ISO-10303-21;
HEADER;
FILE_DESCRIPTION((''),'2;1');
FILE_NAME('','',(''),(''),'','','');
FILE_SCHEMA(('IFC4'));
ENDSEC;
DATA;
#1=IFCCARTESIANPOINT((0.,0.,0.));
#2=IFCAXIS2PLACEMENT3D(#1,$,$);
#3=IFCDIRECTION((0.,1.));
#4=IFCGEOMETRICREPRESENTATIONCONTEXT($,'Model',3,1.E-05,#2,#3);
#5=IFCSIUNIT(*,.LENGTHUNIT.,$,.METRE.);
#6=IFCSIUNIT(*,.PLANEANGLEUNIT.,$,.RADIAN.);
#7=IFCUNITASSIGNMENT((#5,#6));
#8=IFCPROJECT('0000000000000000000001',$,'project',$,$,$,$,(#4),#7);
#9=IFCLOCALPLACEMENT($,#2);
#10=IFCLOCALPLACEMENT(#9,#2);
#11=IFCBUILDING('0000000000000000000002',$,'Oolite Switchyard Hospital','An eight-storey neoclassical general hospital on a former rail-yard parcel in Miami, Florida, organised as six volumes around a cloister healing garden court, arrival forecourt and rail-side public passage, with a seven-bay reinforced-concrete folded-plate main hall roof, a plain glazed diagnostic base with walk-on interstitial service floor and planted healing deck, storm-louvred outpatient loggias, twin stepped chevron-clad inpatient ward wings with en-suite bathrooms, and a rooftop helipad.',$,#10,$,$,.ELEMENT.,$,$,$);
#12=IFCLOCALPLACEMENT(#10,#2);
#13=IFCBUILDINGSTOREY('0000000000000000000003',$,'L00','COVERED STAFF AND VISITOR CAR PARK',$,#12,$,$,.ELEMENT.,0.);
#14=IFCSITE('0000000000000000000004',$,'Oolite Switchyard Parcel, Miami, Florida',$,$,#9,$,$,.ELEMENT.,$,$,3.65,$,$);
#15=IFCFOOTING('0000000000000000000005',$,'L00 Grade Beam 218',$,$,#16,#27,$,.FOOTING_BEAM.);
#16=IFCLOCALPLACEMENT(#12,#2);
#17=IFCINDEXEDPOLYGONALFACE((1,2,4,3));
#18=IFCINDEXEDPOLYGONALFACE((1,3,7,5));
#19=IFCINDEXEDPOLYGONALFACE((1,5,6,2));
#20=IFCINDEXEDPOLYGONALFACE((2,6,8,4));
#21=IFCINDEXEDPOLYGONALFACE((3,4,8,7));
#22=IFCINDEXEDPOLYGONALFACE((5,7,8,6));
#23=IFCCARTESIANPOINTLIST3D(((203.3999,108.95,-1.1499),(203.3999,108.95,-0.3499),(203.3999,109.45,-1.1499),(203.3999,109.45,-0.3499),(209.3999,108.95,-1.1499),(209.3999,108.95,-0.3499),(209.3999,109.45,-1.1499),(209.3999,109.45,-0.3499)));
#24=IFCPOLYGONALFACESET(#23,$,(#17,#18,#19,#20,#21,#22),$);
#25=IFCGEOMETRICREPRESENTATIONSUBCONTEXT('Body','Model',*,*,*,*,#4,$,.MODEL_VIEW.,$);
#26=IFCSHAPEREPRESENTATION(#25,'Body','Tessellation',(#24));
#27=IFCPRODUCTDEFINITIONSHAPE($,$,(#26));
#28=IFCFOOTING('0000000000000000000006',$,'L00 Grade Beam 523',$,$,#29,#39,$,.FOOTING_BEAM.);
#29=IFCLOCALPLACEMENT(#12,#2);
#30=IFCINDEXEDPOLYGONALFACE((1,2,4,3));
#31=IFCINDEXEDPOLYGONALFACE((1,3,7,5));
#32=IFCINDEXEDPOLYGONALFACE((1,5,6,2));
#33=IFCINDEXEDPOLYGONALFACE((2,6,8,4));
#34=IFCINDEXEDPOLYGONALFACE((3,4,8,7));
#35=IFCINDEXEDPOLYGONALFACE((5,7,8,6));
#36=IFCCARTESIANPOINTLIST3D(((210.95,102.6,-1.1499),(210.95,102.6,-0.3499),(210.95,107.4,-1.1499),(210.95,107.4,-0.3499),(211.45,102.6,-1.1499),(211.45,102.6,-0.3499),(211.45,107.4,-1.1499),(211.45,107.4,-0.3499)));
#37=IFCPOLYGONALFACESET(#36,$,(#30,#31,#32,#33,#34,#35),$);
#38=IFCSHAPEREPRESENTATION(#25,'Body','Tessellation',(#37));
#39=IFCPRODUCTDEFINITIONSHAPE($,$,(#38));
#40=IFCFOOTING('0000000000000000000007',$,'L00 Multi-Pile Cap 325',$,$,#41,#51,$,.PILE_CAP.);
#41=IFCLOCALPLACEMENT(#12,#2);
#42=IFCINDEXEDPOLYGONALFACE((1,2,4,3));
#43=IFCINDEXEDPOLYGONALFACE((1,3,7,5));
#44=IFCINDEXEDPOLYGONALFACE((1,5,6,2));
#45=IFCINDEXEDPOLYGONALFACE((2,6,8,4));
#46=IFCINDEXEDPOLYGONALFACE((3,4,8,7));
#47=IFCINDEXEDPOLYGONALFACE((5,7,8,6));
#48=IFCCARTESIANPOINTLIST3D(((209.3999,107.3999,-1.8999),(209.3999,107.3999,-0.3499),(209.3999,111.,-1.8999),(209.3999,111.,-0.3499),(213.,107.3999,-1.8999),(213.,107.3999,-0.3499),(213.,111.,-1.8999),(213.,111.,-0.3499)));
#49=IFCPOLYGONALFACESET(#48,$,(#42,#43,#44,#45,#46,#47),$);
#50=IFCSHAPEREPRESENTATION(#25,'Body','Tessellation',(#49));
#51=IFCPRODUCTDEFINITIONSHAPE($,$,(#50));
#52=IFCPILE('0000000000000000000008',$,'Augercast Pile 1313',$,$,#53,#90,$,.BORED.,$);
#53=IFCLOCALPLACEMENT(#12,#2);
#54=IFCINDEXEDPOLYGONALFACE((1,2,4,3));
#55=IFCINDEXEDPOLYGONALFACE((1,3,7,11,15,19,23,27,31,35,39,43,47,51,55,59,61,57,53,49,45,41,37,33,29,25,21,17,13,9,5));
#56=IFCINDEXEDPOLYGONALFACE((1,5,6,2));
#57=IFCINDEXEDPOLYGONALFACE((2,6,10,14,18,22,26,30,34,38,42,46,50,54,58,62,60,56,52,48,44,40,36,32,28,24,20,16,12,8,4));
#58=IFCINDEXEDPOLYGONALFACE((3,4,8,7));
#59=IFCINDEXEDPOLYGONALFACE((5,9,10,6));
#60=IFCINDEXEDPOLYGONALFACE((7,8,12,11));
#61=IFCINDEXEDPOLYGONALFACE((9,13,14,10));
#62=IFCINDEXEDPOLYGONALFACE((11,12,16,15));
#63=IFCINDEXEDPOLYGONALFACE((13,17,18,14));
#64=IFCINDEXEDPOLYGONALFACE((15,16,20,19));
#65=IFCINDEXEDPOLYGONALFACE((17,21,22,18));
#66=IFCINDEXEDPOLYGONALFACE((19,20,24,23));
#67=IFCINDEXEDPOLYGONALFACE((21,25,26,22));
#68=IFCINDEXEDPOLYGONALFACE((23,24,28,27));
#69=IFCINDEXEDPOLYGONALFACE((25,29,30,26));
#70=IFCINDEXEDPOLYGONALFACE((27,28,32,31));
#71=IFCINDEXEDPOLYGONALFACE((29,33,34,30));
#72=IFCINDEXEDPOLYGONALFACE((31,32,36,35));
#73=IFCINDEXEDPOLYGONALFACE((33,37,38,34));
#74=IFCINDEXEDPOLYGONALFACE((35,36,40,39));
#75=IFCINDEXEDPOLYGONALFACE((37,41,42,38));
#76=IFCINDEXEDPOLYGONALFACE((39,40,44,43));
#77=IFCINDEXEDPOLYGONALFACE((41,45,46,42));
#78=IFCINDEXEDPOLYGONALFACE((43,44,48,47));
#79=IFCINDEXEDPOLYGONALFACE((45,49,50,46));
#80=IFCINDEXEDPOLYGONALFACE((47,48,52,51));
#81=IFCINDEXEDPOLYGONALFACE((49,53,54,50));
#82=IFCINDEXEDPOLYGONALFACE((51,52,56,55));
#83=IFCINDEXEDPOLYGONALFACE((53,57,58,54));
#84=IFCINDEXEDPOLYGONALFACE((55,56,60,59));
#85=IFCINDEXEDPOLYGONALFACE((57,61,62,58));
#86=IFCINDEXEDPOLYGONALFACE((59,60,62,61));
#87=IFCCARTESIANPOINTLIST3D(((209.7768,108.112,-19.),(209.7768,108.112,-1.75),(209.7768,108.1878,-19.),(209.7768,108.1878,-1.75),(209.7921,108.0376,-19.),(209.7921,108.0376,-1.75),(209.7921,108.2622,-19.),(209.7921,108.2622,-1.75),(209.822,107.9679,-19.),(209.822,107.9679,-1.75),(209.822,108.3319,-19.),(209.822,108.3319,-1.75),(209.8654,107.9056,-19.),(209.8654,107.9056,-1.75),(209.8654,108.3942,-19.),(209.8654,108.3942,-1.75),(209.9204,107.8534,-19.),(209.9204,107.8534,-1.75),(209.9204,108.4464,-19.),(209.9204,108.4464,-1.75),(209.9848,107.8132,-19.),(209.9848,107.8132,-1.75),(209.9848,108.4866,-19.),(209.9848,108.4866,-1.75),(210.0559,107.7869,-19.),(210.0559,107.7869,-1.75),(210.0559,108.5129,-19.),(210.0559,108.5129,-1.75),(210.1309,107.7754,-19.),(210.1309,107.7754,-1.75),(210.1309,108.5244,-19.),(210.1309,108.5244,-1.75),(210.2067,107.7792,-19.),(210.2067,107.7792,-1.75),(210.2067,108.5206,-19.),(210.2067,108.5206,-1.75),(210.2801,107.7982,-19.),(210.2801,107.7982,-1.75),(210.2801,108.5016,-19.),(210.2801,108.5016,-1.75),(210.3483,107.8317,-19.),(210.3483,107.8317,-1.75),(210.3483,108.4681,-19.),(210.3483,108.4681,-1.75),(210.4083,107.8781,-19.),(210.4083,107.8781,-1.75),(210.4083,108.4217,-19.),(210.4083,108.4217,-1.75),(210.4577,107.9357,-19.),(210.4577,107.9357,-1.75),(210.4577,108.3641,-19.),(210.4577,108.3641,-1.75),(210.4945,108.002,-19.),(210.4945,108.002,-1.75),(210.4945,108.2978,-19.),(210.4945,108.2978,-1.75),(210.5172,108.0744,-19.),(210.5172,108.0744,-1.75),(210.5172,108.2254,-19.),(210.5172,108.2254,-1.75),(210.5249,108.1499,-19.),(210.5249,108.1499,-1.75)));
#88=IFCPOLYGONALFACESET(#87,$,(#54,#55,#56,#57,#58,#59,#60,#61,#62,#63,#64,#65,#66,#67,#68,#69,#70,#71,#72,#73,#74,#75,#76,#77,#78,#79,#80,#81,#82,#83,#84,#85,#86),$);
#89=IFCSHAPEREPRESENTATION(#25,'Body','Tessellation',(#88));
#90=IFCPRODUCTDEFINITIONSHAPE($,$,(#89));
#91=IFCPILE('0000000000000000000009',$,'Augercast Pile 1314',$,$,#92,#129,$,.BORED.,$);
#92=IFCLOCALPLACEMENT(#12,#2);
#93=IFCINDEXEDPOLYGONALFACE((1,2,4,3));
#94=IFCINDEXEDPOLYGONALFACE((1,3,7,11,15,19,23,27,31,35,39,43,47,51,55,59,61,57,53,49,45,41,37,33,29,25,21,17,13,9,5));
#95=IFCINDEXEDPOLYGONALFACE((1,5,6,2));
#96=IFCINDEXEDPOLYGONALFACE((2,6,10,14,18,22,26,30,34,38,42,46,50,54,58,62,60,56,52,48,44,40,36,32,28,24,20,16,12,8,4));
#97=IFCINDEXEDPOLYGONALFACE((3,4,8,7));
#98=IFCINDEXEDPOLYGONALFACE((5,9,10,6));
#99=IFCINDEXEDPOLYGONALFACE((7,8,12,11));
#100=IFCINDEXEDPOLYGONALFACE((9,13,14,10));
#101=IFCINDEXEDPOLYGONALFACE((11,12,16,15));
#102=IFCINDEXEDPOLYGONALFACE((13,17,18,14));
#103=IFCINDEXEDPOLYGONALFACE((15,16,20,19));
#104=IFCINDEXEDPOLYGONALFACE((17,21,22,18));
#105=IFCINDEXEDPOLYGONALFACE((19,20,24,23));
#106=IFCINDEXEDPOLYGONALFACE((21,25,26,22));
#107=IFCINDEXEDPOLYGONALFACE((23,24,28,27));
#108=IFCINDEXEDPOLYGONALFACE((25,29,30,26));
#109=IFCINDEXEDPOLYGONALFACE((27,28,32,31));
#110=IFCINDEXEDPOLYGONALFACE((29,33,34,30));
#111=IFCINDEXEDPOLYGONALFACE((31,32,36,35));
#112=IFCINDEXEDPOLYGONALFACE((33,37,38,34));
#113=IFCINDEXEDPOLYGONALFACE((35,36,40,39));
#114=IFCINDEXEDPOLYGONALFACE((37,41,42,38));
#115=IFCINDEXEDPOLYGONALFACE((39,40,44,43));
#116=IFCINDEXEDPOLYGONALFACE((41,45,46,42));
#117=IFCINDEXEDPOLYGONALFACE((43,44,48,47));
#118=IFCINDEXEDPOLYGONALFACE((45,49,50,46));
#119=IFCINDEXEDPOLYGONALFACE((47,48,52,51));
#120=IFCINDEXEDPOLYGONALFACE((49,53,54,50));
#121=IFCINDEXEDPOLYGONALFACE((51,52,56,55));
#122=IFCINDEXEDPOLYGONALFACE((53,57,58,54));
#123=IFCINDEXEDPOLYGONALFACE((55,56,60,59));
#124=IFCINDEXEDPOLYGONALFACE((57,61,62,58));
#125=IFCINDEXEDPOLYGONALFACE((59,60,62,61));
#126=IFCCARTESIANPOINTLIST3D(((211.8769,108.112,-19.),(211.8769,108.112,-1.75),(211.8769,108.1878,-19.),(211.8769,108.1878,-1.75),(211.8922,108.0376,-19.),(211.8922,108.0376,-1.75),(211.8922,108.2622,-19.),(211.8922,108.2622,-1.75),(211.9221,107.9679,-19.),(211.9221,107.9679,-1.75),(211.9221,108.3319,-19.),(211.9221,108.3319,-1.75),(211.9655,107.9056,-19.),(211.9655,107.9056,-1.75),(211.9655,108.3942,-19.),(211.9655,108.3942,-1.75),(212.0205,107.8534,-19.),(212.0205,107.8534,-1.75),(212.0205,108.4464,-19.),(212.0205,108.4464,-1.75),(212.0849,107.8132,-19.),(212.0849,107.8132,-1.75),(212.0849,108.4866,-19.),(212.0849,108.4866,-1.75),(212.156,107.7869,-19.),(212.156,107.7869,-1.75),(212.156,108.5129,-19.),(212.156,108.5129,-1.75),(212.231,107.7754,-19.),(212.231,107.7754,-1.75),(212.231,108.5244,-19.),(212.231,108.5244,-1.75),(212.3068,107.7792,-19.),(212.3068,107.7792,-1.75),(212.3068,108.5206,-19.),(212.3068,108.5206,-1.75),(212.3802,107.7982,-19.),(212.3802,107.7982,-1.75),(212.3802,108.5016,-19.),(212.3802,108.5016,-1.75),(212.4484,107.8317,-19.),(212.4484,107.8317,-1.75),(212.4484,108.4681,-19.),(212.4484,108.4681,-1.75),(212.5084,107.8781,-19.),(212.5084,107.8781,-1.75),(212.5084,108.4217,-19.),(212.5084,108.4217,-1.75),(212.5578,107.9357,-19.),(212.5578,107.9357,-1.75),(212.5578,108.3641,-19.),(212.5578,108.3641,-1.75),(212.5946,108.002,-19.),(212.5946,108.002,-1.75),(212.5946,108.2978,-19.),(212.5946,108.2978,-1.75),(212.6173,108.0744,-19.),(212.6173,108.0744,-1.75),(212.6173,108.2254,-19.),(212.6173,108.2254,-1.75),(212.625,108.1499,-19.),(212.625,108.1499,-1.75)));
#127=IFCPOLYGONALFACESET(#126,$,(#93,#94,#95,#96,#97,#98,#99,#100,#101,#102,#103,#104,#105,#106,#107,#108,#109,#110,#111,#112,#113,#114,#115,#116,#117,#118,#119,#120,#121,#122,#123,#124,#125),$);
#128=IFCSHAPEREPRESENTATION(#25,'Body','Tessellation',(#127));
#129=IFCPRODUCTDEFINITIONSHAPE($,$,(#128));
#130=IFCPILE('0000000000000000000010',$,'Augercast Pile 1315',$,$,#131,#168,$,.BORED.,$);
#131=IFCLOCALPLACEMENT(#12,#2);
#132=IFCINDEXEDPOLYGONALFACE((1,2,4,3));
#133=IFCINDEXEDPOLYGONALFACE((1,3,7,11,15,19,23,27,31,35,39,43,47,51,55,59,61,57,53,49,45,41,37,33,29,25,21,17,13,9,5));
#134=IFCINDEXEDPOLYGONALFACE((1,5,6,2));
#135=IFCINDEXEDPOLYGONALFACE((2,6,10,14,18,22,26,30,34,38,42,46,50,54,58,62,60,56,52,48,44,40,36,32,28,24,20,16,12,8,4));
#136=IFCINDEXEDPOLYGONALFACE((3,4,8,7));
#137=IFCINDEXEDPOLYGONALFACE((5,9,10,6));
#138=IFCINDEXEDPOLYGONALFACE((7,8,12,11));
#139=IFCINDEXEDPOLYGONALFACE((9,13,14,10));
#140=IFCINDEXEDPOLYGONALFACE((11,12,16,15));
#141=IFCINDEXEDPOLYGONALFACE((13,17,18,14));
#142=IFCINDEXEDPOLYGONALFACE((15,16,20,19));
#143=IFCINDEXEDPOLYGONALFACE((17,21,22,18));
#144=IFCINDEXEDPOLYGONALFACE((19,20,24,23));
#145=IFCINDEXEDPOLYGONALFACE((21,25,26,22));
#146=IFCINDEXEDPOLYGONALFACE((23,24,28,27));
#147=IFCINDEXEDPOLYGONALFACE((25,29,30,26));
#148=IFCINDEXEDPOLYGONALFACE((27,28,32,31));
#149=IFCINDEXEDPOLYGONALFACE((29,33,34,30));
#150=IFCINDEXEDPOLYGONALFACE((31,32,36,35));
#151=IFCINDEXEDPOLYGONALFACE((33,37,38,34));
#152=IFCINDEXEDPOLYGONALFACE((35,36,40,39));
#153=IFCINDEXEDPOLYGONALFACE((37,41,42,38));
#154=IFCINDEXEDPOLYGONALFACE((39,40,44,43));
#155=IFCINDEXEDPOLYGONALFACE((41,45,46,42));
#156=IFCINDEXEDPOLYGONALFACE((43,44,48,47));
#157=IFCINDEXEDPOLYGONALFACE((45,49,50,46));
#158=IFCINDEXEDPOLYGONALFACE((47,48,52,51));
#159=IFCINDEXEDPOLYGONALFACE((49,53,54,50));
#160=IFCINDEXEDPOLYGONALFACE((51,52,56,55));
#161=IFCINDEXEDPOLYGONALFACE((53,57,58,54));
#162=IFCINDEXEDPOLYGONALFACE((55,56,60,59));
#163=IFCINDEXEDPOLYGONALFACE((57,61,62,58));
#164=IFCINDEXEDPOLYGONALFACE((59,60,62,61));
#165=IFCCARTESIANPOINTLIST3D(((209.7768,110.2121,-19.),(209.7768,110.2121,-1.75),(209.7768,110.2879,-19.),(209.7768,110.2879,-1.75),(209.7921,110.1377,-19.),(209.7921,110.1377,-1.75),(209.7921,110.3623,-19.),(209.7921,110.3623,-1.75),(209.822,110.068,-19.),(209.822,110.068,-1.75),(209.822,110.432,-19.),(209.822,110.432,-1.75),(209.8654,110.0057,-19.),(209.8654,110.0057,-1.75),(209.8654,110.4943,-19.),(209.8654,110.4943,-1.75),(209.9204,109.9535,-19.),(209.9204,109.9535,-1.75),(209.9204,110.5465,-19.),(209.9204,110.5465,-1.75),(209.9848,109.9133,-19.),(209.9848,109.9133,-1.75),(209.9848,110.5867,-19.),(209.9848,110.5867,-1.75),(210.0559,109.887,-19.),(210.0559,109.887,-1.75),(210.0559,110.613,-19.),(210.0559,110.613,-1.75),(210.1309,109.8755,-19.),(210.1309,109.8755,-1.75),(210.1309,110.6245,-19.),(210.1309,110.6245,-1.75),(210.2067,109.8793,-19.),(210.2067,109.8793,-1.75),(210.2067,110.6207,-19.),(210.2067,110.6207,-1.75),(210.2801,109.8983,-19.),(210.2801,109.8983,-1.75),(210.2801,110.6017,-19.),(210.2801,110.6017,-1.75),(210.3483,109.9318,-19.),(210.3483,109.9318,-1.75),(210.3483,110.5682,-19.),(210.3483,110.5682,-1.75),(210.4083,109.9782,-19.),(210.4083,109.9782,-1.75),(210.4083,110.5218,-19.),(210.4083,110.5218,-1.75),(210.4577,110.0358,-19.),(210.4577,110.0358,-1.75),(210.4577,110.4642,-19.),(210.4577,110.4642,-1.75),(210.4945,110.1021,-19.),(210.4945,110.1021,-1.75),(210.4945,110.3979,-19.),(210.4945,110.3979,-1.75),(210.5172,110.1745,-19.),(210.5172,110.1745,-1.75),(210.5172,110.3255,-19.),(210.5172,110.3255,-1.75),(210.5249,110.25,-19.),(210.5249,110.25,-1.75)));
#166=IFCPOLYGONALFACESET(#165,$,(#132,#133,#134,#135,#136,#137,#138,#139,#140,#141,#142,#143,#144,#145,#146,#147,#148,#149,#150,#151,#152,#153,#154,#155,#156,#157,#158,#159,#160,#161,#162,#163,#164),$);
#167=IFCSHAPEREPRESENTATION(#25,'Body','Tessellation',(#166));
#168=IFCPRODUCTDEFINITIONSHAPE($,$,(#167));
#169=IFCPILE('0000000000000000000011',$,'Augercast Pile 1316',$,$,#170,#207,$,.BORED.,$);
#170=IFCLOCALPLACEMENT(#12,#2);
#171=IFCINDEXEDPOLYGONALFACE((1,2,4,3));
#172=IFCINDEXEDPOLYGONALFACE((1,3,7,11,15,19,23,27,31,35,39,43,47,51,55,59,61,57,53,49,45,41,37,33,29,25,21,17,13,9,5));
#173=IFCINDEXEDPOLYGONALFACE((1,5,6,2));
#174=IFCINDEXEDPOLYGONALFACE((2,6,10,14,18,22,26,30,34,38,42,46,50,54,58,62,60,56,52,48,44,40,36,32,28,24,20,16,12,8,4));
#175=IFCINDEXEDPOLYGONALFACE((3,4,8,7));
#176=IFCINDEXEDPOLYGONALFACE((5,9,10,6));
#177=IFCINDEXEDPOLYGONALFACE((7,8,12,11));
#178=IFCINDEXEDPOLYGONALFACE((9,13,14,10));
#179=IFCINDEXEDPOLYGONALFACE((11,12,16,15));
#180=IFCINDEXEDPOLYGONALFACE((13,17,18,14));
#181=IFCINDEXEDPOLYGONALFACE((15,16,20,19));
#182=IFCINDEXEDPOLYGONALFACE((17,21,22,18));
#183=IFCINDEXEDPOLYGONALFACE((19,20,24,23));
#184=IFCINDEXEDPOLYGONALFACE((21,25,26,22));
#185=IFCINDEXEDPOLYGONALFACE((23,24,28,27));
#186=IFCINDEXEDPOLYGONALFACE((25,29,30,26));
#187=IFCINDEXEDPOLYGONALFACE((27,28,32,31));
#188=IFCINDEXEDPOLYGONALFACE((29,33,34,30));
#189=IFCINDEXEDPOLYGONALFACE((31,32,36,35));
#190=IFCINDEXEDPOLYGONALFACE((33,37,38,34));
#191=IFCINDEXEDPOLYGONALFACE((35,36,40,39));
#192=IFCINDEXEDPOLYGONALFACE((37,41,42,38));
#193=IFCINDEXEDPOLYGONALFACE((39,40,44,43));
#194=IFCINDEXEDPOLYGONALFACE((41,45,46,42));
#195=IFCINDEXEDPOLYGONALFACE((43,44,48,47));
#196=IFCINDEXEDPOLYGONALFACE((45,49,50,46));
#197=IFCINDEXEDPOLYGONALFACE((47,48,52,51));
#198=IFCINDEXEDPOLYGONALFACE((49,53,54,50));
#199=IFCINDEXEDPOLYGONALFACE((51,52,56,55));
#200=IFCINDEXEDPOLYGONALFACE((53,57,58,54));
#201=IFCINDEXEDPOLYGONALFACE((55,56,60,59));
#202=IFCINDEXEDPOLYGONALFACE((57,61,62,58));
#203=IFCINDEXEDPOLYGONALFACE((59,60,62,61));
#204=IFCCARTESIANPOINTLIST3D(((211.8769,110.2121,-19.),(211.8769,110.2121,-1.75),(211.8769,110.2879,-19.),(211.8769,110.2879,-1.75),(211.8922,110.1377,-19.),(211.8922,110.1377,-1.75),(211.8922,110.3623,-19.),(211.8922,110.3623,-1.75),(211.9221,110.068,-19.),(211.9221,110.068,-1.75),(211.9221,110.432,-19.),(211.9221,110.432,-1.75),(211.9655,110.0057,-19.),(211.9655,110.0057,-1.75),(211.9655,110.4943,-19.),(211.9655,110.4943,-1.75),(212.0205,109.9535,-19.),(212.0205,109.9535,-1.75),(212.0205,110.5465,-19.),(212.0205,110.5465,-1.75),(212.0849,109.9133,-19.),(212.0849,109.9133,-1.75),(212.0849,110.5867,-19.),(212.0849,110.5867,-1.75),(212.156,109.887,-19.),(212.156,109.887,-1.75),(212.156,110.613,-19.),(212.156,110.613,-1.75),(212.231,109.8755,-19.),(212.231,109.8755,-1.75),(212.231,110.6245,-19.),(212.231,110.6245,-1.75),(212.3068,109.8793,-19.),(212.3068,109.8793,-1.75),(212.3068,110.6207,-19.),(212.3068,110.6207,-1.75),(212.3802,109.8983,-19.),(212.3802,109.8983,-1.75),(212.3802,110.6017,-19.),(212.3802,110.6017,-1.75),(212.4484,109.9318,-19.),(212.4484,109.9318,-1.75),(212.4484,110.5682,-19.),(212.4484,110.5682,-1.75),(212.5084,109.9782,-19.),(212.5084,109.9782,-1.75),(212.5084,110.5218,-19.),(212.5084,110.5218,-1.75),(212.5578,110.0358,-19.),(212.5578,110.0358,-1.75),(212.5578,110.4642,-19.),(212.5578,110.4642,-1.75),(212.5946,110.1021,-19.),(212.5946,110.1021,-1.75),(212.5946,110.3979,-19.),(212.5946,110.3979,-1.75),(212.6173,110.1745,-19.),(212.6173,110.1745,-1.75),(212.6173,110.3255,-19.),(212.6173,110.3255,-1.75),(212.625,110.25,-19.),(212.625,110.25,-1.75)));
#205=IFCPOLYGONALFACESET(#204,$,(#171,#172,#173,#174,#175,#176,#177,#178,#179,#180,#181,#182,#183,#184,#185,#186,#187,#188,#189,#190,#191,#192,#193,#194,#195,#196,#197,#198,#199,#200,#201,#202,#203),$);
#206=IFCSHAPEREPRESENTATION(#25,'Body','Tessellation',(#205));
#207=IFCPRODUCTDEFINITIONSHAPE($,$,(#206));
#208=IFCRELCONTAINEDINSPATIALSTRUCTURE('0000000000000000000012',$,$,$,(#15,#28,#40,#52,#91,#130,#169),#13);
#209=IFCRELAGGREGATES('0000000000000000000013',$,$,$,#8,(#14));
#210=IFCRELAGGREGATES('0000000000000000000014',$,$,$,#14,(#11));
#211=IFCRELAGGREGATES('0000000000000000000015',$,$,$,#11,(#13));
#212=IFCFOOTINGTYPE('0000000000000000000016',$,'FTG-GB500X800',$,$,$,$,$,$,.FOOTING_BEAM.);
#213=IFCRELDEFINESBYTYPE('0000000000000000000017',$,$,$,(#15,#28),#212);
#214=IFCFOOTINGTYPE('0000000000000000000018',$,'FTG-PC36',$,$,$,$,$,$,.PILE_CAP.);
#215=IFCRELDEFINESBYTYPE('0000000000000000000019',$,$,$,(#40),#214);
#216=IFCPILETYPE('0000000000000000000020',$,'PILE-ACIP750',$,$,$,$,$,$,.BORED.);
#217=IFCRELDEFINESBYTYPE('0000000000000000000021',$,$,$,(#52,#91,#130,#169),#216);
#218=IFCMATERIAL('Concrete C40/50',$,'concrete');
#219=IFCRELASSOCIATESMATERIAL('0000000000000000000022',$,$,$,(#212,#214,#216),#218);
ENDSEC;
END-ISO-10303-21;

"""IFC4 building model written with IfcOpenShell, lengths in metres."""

from ifc_helpers import new_model, si_unit, direction, frame, origin, origin_2d, place, context, subcontext, project, spatial, rectangle, circle, extrude, material, material_profile, profile_set, type_object, element, save


model = new_model("IFC4")

# Units and contexts
model_context = context("Model", 3, precision=1e-05, world=origin(), true_north=direction((0.0, 1.0)))
body_context = subcontext(model_context, "Body", "Model", "MODEL_VIEW")
ifc_project = project(units=[si_unit("LENGTHUNIT", "METRE"), si_unit("PLANEANGLEUNIT", "RADIAN")], contexts=[model_context])

# Site, building, storey
site_placement = place(None, origin())
site = spatial("IfcSite", under=ifc_project, at=site_placement, Name="Oolite Switchyard Parcel, Miami, Florida", CompositionType="ELEMENT", RefElevation=3.65)
building_placement = place(site_placement, origin())
building = spatial("IfcBuilding", under=site, at=building_placement, Name="Oolite Switchyard Hospital", Description="An eight-storey neoclassical general hospital on a former rail-yard parcel in Miami, Florida, organised as six volumes around a cloister healing garden court, arrival forecourt and rail-side public passage, with a seven-bay reinforced-concrete folded-plate main hall roof, a plain glazed diagnostic base with walk-on interstitial service floor and planted healing deck, storm-louvred outpatient loggias, twin stepped chevron-clad inpatient ward wings with en-suite bathrooms, and a rooftop helipad.", CompositionType="ELEMENT")
storey_placement = place(building_placement, origin())
storey = spatial("IfcBuildingStorey", under=building, at=storey_placement, Name="L00", Description="COVERED STAFF AND VISITOR CAR PARK", CompositionType="ELEMENT", Elevation=0.0)

# Footings
ifc_material_1 = material(Name="Concrete C40/50", Category="concrete")
footing_type_1 = type_object("IfcFootingType", Name="FTG-GB500X800", PredefinedType="FOOTING_BEAM", material=ifc_material_1)
footing_1_placement = place(storey_placement, frame((206.3999, 109.2, -1.1499), z_axis=(0.0, 0.0, 1.0), x_axis=(1.0, 0.0, 0.0)))
element("IfcFooting", 1, at=footing_1_placement, inside=storey, type_object=footing_type_1, Name="L00 Grade Beam 218", PredefinedType="FOOTING_BEAM", context=body_context, shape_type="SweptSolid", body=[
    extrude(rectangle(XDim=6.0, YDim=0.5, at=origin_2d()), origin(), (0.0, 0.0, 1.0), 0.8),
])
footing_2_placement = place(storey_placement, frame((211.2, 105.0, -1.1499), z_axis=(0.0, 0.0, 1.0), x_axis=(0.0, 1.0, 0.0)))
element("IfcFooting", 2, at=footing_2_placement, inside=storey, type_object=footing_type_1, Name="L00 Grade Beam 523", PredefinedType="FOOTING_BEAM", context=body_context, shape_type="SweptSolid", body=[
    extrude(rectangle(XDim=4.8, YDim=0.5, at=origin_2d()), origin(), (0.0, 0.0, 1.0), 0.8),
])
footing_type_2 = type_object("IfcFootingType", Name="FTG-PC36", PredefinedType="PILE_CAP", material=ifc_material_1)
footing_3_placement = place(storey_placement, frame((211.2, 109.2, -1.8999), z_axis=(0.0, 0.0, 1.0), x_axis=(1.0, 0.0, 0.0)))
element("IfcFooting", 3, at=footing_3_placement, inside=storey, type_object=footing_type_2, Name="L00 Multi-Pile Cap 325", PredefinedType="PILE_CAP", context=body_context, shape_type="SweptSolid", body=[
    extrude(rectangle(XDim=3.6001, YDim=3.6001, at=origin_2d()), origin(), (0.0, 0.0, 1.0), 1.55),
])

# Piles
ifc_material_profile_1 = material_profile(ifc_material_1, circle(Radius=0.375, at=origin_2d()), Name="PILE750")
ifc_profile_set_1 = profile_set([ifc_material_profile_1], Name="Concrete C40/50")
pile_type = type_object("IfcPileType", Name="PILE-ACIP750", PredefinedType="BORED", material=ifc_profile_set_1)
for number, where, z_axis, x_axis, name in (
    (4, (210.1499, 108.1499, -1.75), (0.0, 0.0, -1.0), (1.0, 0.0, 0.0), "Augercast Pile 1313"),
    (5, (212.25, 108.1499, -1.75), (0.0, 0.0, -1.0), (1.0, 0.0, 0.0), "Augercast Pile 1314"),
    (6, (210.1499, 110.25, -1.75), (0.0, 0.0, -1.0), (1.0, 0.0, 0.0), "Augercast Pile 1315"),
    (7, (212.25, 110.25, -1.75), (0.0, 0.0, -1.0), (1.0, 0.0, 0.0), "Augercast Pile 1316"),
):
    element("IfcPile", number, at=place(storey_placement, frame(where, z_axis=z_axis, x_axis=x_axis)), inside=storey, type_object=pile_type, Name=name, PredefinedType="BORED", context=body_context, shape_type="SweptSolid", body=[
        extrude(circle(Radius=0.375, at=origin_2d()), origin(), (0.0, 0.0, 1.0), 17.25),
    ])

save(model, "model.ifc")
